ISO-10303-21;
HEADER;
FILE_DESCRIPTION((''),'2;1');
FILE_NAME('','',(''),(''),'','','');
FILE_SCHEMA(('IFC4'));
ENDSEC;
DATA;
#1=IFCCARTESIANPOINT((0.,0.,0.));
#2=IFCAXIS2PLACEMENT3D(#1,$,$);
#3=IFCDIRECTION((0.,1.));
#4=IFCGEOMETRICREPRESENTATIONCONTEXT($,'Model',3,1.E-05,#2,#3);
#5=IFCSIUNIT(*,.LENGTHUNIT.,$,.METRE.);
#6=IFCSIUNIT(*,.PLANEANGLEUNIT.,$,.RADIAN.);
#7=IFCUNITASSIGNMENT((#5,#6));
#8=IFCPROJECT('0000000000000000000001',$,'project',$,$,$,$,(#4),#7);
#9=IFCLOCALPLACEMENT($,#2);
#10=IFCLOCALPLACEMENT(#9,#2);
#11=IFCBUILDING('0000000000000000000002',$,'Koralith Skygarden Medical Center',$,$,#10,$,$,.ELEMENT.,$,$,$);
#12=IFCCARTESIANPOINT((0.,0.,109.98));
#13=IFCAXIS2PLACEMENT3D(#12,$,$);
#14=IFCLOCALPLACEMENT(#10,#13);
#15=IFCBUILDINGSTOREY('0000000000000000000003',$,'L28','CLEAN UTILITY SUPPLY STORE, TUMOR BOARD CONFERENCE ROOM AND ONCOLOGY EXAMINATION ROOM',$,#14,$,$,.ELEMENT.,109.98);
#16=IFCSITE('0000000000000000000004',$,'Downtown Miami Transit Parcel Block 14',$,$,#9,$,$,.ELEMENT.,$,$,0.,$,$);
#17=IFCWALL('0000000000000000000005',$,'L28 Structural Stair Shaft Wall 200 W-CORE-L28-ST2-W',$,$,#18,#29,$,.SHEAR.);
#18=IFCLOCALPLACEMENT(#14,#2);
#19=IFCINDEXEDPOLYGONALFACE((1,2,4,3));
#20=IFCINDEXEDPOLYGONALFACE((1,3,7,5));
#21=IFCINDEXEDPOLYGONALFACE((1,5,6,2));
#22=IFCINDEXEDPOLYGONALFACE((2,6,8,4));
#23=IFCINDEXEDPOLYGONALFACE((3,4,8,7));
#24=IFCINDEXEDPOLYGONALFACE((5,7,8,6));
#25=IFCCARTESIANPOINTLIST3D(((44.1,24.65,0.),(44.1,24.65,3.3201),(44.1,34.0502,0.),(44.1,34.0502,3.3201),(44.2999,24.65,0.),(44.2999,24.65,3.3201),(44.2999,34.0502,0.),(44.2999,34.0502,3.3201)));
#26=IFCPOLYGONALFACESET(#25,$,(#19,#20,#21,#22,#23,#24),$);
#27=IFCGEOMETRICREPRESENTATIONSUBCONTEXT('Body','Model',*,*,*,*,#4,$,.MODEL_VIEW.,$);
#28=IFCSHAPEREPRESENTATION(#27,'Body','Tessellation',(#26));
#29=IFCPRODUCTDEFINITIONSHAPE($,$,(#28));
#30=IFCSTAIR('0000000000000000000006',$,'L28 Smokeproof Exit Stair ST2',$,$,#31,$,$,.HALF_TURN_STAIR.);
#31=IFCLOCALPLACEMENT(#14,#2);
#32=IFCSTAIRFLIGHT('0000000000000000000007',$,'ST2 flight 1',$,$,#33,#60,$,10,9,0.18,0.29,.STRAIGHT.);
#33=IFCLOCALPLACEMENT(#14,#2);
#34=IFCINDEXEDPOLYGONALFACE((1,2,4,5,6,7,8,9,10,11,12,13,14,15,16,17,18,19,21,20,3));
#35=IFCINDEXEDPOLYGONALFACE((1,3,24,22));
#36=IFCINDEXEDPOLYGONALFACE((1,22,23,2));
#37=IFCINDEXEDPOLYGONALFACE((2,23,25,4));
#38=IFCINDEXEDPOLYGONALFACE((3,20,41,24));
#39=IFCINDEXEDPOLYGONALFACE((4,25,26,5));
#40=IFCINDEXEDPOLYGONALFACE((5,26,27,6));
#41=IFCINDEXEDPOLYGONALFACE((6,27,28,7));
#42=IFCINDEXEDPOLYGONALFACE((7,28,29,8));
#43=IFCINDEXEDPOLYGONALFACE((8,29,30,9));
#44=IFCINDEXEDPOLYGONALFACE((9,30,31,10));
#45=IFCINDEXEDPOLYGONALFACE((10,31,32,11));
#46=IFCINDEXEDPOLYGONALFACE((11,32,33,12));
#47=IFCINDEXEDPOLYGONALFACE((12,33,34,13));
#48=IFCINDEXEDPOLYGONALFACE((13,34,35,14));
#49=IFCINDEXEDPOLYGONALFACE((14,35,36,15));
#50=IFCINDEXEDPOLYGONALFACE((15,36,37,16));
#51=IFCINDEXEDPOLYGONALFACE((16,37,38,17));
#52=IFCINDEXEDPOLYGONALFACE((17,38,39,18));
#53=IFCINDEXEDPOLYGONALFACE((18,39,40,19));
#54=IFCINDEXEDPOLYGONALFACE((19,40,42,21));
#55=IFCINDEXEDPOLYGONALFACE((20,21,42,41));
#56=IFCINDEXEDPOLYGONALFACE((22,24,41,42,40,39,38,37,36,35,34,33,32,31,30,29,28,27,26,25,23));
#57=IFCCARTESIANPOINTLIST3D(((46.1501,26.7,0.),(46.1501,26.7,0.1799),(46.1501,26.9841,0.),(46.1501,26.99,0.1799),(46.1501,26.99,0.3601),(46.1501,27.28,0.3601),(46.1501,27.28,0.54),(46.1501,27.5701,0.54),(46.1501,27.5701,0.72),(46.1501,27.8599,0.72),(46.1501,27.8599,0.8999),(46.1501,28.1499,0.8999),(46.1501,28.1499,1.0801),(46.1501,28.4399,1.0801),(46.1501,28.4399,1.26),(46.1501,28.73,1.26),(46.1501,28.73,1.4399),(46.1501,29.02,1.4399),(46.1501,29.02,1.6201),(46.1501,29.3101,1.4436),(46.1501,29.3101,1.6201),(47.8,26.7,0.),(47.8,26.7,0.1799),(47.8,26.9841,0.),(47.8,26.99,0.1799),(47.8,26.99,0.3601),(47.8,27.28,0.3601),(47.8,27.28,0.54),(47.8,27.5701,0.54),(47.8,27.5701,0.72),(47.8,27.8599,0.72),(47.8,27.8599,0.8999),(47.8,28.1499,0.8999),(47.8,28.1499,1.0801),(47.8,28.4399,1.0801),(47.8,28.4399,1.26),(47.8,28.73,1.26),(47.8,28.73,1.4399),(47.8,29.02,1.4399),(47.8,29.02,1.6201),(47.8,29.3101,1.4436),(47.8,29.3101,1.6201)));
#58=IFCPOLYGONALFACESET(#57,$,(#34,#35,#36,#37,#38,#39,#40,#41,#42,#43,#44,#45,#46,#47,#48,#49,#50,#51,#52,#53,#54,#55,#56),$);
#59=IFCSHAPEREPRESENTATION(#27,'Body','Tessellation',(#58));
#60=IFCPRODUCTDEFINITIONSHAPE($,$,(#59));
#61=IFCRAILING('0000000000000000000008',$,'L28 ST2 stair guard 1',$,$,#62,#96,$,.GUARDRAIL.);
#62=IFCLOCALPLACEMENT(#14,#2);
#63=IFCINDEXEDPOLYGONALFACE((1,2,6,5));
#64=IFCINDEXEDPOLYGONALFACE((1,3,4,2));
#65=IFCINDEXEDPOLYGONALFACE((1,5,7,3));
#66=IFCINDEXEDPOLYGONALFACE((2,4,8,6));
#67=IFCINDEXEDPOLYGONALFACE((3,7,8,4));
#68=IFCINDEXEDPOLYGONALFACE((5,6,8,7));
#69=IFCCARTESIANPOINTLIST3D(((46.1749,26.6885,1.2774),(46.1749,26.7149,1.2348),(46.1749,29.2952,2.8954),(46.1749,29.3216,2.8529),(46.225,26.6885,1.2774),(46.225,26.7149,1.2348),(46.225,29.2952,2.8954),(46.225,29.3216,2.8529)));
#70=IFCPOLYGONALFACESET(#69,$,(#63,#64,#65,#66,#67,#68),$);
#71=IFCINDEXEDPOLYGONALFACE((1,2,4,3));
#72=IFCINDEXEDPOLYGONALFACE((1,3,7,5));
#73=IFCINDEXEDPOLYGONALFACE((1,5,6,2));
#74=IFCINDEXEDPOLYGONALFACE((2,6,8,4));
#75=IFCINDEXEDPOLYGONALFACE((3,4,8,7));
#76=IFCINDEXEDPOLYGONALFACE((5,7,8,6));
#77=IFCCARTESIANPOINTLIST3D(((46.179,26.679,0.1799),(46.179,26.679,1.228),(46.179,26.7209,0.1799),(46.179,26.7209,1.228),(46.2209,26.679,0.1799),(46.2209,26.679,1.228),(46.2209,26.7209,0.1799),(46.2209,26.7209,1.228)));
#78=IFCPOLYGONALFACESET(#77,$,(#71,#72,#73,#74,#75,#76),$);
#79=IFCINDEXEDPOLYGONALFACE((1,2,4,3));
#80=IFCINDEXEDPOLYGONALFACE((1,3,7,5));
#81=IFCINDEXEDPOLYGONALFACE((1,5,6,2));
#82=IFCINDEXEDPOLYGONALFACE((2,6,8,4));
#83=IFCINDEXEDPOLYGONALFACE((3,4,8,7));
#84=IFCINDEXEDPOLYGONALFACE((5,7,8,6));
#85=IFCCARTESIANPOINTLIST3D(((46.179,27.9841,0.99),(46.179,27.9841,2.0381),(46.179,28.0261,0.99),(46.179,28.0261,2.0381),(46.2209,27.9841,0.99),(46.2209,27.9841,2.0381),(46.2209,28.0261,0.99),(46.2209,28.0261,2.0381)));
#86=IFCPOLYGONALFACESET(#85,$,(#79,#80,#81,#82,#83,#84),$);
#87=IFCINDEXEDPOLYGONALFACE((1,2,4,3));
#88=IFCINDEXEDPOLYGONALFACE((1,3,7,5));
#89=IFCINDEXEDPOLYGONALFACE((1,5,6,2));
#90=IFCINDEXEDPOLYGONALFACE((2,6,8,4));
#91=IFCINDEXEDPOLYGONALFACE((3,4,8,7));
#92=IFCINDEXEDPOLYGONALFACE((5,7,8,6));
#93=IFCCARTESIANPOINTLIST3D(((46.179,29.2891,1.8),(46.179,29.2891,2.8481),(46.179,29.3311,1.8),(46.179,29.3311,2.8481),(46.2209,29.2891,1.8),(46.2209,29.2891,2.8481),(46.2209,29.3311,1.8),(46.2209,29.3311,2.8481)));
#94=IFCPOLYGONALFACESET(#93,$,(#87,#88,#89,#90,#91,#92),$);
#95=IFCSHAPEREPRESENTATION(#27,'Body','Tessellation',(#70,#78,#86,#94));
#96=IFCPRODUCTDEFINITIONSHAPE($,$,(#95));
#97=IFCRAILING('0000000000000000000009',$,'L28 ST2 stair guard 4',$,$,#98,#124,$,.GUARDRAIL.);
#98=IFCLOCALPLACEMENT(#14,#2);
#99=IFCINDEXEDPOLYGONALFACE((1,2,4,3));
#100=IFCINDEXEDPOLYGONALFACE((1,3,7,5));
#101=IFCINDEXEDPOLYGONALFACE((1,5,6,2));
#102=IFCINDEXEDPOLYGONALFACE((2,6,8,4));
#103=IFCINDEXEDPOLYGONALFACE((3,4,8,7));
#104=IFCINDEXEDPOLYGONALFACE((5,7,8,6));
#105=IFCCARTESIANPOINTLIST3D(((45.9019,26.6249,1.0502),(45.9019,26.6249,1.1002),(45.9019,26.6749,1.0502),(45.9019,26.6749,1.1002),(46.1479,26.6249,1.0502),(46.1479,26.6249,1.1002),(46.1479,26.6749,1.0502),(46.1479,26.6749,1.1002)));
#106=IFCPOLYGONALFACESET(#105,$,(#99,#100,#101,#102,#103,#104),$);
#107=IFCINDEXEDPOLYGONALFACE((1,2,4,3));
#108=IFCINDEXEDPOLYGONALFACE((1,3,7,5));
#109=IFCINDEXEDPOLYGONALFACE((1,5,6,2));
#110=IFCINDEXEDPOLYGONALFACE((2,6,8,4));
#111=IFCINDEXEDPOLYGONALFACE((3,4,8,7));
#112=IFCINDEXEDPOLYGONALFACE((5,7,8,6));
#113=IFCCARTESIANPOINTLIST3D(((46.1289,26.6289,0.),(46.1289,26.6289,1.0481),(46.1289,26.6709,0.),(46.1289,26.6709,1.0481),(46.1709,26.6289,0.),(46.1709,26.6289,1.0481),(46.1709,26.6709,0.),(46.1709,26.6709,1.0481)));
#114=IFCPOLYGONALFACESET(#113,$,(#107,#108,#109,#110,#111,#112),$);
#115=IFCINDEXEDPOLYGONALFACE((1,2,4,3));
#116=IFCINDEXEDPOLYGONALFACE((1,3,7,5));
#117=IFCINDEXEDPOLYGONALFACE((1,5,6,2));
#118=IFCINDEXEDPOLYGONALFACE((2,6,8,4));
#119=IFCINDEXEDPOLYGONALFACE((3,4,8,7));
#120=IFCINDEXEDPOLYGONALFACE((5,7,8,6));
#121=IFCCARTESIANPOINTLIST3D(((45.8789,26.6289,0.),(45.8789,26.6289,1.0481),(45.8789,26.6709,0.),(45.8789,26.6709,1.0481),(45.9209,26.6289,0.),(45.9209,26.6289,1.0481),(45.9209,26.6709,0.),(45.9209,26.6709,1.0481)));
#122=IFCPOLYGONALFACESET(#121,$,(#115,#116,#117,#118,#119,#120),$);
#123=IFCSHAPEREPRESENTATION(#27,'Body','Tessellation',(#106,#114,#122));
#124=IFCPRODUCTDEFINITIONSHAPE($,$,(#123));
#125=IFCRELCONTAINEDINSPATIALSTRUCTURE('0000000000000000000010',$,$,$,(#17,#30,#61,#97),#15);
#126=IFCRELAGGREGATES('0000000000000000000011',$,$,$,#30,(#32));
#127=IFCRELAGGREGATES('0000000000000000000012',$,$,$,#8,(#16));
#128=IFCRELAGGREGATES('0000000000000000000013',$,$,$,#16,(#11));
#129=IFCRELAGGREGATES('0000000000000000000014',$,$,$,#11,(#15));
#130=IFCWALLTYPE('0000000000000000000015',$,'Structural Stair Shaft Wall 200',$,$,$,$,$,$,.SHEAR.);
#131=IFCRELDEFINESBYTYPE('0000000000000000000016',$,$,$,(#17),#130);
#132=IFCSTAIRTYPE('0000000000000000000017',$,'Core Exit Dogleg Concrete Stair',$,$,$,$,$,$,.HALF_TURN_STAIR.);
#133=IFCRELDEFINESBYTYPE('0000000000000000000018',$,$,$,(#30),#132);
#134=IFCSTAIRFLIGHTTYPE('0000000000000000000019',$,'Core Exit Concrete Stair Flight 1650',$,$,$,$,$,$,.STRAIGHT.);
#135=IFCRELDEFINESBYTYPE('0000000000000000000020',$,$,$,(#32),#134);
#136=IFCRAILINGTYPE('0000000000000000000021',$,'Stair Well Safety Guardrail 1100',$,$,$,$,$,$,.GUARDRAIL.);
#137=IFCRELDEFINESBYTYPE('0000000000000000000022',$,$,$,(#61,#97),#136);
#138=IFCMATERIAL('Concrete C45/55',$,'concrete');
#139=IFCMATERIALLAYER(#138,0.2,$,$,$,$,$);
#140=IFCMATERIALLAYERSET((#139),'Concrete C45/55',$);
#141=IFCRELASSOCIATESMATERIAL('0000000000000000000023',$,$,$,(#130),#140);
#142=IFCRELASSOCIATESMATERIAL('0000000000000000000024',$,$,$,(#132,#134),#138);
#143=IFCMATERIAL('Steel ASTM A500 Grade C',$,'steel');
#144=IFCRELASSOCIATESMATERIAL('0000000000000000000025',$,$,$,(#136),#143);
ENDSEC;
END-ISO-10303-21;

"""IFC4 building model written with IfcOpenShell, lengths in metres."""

from ifc_helpers import new_model, si_unit, direction, frame, frame_2d, origin, origin_2d, place, context, subcontext, project, spatial, polyline, rectangle, outline, extrude, material, layer, layer_set, type_object, element, aggregate, save


model = new_model("IFC4")

# Units and contexts
model_context = context("Model", 3, precision=1e-05, world=origin(), true_north=direction((0.0, 1.0)))
body_context = subcontext(model_context, "Body", "Model", "MODEL_VIEW")
ifc_project = project(units=[si_unit("LENGTHUNIT", "METRE"), si_unit("PLANEANGLEUNIT", "RADIAN")], contexts=[model_context])

# Site, building, storey
site_placement = place(None, origin())
site = spatial("IfcSite", under=ifc_project, at=site_placement, Name="Downtown Miami Transit Parcel Block 14", CompositionType="ELEMENT", RefElevation=0.0)
building_placement = place(site_placement, origin())
building = spatial("IfcBuilding", under=site, at=building_placement, Name="Koralith Skygarden Medical Center", CompositionType="ELEMENT")
storey_placement = place(building_placement, frame((0.0, 0.0, 109.98)))
storey = spatial("IfcBuildingStorey", under=building, at=storey_placement, Name="L28", Description="CLEAN UTILITY SUPPLY STORE, TUMOR BOARD CONFERENCE ROOM AND ONCOLOGY EXAMINATION ROOM", CompositionType="ELEMENT", Elevation=109.98)

# Shared definitions
ifc_material_1 = material(Name="Concrete C45/55", Category="concrete")

# Shared definitions
ifc_material_2 = material(Name="Steel ASTM A500 Grade C", Category="steel")

# Wall
ifc_layer_1 = layer(ifc_material_1, 0.2)
ifc_layer_set_1 = layer_set([ifc_layer_1], Name="Concrete C45/55")
wall_type_1 = type_object("IfcWallType", Name="Structural Stair Shaft Wall 200", PredefinedType="SHEAR", material=ifc_layer_set_1)
wall_1_placement = place(storey_placement, frame((44.2, 24.6499, 0.0), z_axis=(0.0, 0.0, 1.0), x_axis=(0.0, 1.0, 0.0)))
element("IfcWall", 1, at=wall_1_placement, inside=storey, type_object=wall_type_1, Name="L28 Structural Stair Shaft Wall 200 W-CORE-L28-ST2-W", PredefinedType="SHEAR", context=body_context, shape_type="SweptSolid", body=[
    extrude(rectangle(XDim=9.4001, YDim=0.2, at=frame_2d((4.7002, 0.0))), origin(), (0.0, 0.0, 1.0), 3.3201),
])

# Stair, stair flight
stair_type = type_object("IfcStairType", Name="Core Exit Dogleg Concrete Stair", PredefinedType="HALF_TURN_STAIR", material=ifc_material_1)
stair_placement = place(storey_placement, origin())
stair = element("IfcStair", 2, at=stair_placement, inside=storey, type_object=stair_type, Name="L28 Smokeproof Exit Stair ST2", PredefinedType="HALF_TURN_STAIR")
stair_flight_type = type_object("IfcStairFlightType", Name="Core Exit Concrete Stair Flight 1650", PredefinedType="STRAIGHT", material=ifc_material_1)
stair_flight_placement = place(storey_placement, frame((46.9751, 26.7, 0.0), z_axis=(0.0, 0.0, 1.0), x_axis=(0.0, 1.0, 0.0)))
stair_flight = element("IfcStairFlight", 3, at=stair_flight_placement, type_object=stair_flight_type, Name="ST2 flight 1", NumberOfRisers=10, NumberOfTreads=9, PredefinedType="STRAIGHT", RiserHeight=0.18, TreadLength=0.29, context=body_context, shape_type="SweptSolid", body=[
    extrude(outline(polyline([(0.0, 0.0), (0.0, 0.1799), (0.29, 0.1799), (0.29, 0.3601), (0.5801, 0.3601), (0.5801, 0.54), (0.8701, 0.54), (0.8701, 0.72), (1.1599, 0.72), (1.1599, 0.8999), (1.45, 0.8999), (1.45, 1.0801), (1.74, 1.0801), (1.74, 1.26), (2.03, 1.26), (2.03, 1.4399), (2.3201, 1.4399), (2.3201, 1.6201), (2.6101, 1.6201), (2.6101, 1.8), (2.6101, 1.4436), (0.2842, 0.0), (0.0, 0.0)])), frame((0.0, 0.825, 0.0), z_axis=(0.0, -1.0, 0.0), x_axis=(1.0, 0.0, 0.0)), (0.0, 0.0, 1.0), 1.6499),
])
aggregate(stair, [stair_flight])

# Railings
railing_type = type_object("IfcRailingType", Name="Stair Well Safety Guardrail 1100", PredefinedType="GUARDRAIL", material=ifc_material_2)
railing_1_placement = place(storey_placement, frame((46.2, 26.7, 0.1799)))
element("IfcRailing", 4, at=railing_1_placement, inside=storey, type_object=railing_type, Name="L28 ST2 stair guard 1", PredefinedType="GUARDRAIL", context=body_context, shape_type="SweptSolid", body=[
    extrude(rectangle(XDim=0.05, YDim=0.05, at=origin_2d()), frame((0.0, 0.0017, 1.0762), z_axis=(0.0, 0.849633, 0.527375), x_axis=(-1.0, 0.0, 0.0)), (0.0, 0.0, 1.0), 3.0681),
    extrude(rectangle(XDim=0.042, YDim=0.042, at=origin_2d()), origin(), (0.0, 0.0, 1.0), 1.0481),
    extrude(rectangle(XDim=0.042, YDim=0.042, at=origin_2d()), frame((0.0, 1.3052, 0.8101)), (0.0, 0.0, 1.0), 1.0481),
    extrude(rectangle(XDim=0.042, YDim=0.042, at=origin_2d()), frame((0.0, 2.6101, 1.6201)), (0.0, 0.0, 1.0), 1.0481),
])
railing_2_placement = place(storey_placement, frame((46.1499, 26.6499, 0.0)))
element("IfcRailing", 5, at=railing_2_placement, inside=storey, type_object=railing_type, Name="L28 ST2 stair guard 4", PredefinedType="GUARDRAIL", context=body_context, shape_type="SweptSolid", body=[
    extrude(rectangle(XDim=0.05, YDim=0.05, at=origin_2d()), frame((-0.002, 0.0, 1.0752), z_axis=(-1.0, 0.0, 0.0), x_axis=(0.0, -1.0, 0.0)), (0.0, 0.0, 1.0), 0.2461),
    extrude(rectangle(XDim=0.042, YDim=0.042, at=origin_2d()), origin(), (0.0, 0.0, 1.0), 1.0481),
    extrude(rectangle(XDim=0.042, YDim=0.042, at=origin_2d()), frame((-0.25, 0.0, 0.0)), (0.0, 0.0, 1.0), 1.0481),
])

save(model, "model.ifc")
